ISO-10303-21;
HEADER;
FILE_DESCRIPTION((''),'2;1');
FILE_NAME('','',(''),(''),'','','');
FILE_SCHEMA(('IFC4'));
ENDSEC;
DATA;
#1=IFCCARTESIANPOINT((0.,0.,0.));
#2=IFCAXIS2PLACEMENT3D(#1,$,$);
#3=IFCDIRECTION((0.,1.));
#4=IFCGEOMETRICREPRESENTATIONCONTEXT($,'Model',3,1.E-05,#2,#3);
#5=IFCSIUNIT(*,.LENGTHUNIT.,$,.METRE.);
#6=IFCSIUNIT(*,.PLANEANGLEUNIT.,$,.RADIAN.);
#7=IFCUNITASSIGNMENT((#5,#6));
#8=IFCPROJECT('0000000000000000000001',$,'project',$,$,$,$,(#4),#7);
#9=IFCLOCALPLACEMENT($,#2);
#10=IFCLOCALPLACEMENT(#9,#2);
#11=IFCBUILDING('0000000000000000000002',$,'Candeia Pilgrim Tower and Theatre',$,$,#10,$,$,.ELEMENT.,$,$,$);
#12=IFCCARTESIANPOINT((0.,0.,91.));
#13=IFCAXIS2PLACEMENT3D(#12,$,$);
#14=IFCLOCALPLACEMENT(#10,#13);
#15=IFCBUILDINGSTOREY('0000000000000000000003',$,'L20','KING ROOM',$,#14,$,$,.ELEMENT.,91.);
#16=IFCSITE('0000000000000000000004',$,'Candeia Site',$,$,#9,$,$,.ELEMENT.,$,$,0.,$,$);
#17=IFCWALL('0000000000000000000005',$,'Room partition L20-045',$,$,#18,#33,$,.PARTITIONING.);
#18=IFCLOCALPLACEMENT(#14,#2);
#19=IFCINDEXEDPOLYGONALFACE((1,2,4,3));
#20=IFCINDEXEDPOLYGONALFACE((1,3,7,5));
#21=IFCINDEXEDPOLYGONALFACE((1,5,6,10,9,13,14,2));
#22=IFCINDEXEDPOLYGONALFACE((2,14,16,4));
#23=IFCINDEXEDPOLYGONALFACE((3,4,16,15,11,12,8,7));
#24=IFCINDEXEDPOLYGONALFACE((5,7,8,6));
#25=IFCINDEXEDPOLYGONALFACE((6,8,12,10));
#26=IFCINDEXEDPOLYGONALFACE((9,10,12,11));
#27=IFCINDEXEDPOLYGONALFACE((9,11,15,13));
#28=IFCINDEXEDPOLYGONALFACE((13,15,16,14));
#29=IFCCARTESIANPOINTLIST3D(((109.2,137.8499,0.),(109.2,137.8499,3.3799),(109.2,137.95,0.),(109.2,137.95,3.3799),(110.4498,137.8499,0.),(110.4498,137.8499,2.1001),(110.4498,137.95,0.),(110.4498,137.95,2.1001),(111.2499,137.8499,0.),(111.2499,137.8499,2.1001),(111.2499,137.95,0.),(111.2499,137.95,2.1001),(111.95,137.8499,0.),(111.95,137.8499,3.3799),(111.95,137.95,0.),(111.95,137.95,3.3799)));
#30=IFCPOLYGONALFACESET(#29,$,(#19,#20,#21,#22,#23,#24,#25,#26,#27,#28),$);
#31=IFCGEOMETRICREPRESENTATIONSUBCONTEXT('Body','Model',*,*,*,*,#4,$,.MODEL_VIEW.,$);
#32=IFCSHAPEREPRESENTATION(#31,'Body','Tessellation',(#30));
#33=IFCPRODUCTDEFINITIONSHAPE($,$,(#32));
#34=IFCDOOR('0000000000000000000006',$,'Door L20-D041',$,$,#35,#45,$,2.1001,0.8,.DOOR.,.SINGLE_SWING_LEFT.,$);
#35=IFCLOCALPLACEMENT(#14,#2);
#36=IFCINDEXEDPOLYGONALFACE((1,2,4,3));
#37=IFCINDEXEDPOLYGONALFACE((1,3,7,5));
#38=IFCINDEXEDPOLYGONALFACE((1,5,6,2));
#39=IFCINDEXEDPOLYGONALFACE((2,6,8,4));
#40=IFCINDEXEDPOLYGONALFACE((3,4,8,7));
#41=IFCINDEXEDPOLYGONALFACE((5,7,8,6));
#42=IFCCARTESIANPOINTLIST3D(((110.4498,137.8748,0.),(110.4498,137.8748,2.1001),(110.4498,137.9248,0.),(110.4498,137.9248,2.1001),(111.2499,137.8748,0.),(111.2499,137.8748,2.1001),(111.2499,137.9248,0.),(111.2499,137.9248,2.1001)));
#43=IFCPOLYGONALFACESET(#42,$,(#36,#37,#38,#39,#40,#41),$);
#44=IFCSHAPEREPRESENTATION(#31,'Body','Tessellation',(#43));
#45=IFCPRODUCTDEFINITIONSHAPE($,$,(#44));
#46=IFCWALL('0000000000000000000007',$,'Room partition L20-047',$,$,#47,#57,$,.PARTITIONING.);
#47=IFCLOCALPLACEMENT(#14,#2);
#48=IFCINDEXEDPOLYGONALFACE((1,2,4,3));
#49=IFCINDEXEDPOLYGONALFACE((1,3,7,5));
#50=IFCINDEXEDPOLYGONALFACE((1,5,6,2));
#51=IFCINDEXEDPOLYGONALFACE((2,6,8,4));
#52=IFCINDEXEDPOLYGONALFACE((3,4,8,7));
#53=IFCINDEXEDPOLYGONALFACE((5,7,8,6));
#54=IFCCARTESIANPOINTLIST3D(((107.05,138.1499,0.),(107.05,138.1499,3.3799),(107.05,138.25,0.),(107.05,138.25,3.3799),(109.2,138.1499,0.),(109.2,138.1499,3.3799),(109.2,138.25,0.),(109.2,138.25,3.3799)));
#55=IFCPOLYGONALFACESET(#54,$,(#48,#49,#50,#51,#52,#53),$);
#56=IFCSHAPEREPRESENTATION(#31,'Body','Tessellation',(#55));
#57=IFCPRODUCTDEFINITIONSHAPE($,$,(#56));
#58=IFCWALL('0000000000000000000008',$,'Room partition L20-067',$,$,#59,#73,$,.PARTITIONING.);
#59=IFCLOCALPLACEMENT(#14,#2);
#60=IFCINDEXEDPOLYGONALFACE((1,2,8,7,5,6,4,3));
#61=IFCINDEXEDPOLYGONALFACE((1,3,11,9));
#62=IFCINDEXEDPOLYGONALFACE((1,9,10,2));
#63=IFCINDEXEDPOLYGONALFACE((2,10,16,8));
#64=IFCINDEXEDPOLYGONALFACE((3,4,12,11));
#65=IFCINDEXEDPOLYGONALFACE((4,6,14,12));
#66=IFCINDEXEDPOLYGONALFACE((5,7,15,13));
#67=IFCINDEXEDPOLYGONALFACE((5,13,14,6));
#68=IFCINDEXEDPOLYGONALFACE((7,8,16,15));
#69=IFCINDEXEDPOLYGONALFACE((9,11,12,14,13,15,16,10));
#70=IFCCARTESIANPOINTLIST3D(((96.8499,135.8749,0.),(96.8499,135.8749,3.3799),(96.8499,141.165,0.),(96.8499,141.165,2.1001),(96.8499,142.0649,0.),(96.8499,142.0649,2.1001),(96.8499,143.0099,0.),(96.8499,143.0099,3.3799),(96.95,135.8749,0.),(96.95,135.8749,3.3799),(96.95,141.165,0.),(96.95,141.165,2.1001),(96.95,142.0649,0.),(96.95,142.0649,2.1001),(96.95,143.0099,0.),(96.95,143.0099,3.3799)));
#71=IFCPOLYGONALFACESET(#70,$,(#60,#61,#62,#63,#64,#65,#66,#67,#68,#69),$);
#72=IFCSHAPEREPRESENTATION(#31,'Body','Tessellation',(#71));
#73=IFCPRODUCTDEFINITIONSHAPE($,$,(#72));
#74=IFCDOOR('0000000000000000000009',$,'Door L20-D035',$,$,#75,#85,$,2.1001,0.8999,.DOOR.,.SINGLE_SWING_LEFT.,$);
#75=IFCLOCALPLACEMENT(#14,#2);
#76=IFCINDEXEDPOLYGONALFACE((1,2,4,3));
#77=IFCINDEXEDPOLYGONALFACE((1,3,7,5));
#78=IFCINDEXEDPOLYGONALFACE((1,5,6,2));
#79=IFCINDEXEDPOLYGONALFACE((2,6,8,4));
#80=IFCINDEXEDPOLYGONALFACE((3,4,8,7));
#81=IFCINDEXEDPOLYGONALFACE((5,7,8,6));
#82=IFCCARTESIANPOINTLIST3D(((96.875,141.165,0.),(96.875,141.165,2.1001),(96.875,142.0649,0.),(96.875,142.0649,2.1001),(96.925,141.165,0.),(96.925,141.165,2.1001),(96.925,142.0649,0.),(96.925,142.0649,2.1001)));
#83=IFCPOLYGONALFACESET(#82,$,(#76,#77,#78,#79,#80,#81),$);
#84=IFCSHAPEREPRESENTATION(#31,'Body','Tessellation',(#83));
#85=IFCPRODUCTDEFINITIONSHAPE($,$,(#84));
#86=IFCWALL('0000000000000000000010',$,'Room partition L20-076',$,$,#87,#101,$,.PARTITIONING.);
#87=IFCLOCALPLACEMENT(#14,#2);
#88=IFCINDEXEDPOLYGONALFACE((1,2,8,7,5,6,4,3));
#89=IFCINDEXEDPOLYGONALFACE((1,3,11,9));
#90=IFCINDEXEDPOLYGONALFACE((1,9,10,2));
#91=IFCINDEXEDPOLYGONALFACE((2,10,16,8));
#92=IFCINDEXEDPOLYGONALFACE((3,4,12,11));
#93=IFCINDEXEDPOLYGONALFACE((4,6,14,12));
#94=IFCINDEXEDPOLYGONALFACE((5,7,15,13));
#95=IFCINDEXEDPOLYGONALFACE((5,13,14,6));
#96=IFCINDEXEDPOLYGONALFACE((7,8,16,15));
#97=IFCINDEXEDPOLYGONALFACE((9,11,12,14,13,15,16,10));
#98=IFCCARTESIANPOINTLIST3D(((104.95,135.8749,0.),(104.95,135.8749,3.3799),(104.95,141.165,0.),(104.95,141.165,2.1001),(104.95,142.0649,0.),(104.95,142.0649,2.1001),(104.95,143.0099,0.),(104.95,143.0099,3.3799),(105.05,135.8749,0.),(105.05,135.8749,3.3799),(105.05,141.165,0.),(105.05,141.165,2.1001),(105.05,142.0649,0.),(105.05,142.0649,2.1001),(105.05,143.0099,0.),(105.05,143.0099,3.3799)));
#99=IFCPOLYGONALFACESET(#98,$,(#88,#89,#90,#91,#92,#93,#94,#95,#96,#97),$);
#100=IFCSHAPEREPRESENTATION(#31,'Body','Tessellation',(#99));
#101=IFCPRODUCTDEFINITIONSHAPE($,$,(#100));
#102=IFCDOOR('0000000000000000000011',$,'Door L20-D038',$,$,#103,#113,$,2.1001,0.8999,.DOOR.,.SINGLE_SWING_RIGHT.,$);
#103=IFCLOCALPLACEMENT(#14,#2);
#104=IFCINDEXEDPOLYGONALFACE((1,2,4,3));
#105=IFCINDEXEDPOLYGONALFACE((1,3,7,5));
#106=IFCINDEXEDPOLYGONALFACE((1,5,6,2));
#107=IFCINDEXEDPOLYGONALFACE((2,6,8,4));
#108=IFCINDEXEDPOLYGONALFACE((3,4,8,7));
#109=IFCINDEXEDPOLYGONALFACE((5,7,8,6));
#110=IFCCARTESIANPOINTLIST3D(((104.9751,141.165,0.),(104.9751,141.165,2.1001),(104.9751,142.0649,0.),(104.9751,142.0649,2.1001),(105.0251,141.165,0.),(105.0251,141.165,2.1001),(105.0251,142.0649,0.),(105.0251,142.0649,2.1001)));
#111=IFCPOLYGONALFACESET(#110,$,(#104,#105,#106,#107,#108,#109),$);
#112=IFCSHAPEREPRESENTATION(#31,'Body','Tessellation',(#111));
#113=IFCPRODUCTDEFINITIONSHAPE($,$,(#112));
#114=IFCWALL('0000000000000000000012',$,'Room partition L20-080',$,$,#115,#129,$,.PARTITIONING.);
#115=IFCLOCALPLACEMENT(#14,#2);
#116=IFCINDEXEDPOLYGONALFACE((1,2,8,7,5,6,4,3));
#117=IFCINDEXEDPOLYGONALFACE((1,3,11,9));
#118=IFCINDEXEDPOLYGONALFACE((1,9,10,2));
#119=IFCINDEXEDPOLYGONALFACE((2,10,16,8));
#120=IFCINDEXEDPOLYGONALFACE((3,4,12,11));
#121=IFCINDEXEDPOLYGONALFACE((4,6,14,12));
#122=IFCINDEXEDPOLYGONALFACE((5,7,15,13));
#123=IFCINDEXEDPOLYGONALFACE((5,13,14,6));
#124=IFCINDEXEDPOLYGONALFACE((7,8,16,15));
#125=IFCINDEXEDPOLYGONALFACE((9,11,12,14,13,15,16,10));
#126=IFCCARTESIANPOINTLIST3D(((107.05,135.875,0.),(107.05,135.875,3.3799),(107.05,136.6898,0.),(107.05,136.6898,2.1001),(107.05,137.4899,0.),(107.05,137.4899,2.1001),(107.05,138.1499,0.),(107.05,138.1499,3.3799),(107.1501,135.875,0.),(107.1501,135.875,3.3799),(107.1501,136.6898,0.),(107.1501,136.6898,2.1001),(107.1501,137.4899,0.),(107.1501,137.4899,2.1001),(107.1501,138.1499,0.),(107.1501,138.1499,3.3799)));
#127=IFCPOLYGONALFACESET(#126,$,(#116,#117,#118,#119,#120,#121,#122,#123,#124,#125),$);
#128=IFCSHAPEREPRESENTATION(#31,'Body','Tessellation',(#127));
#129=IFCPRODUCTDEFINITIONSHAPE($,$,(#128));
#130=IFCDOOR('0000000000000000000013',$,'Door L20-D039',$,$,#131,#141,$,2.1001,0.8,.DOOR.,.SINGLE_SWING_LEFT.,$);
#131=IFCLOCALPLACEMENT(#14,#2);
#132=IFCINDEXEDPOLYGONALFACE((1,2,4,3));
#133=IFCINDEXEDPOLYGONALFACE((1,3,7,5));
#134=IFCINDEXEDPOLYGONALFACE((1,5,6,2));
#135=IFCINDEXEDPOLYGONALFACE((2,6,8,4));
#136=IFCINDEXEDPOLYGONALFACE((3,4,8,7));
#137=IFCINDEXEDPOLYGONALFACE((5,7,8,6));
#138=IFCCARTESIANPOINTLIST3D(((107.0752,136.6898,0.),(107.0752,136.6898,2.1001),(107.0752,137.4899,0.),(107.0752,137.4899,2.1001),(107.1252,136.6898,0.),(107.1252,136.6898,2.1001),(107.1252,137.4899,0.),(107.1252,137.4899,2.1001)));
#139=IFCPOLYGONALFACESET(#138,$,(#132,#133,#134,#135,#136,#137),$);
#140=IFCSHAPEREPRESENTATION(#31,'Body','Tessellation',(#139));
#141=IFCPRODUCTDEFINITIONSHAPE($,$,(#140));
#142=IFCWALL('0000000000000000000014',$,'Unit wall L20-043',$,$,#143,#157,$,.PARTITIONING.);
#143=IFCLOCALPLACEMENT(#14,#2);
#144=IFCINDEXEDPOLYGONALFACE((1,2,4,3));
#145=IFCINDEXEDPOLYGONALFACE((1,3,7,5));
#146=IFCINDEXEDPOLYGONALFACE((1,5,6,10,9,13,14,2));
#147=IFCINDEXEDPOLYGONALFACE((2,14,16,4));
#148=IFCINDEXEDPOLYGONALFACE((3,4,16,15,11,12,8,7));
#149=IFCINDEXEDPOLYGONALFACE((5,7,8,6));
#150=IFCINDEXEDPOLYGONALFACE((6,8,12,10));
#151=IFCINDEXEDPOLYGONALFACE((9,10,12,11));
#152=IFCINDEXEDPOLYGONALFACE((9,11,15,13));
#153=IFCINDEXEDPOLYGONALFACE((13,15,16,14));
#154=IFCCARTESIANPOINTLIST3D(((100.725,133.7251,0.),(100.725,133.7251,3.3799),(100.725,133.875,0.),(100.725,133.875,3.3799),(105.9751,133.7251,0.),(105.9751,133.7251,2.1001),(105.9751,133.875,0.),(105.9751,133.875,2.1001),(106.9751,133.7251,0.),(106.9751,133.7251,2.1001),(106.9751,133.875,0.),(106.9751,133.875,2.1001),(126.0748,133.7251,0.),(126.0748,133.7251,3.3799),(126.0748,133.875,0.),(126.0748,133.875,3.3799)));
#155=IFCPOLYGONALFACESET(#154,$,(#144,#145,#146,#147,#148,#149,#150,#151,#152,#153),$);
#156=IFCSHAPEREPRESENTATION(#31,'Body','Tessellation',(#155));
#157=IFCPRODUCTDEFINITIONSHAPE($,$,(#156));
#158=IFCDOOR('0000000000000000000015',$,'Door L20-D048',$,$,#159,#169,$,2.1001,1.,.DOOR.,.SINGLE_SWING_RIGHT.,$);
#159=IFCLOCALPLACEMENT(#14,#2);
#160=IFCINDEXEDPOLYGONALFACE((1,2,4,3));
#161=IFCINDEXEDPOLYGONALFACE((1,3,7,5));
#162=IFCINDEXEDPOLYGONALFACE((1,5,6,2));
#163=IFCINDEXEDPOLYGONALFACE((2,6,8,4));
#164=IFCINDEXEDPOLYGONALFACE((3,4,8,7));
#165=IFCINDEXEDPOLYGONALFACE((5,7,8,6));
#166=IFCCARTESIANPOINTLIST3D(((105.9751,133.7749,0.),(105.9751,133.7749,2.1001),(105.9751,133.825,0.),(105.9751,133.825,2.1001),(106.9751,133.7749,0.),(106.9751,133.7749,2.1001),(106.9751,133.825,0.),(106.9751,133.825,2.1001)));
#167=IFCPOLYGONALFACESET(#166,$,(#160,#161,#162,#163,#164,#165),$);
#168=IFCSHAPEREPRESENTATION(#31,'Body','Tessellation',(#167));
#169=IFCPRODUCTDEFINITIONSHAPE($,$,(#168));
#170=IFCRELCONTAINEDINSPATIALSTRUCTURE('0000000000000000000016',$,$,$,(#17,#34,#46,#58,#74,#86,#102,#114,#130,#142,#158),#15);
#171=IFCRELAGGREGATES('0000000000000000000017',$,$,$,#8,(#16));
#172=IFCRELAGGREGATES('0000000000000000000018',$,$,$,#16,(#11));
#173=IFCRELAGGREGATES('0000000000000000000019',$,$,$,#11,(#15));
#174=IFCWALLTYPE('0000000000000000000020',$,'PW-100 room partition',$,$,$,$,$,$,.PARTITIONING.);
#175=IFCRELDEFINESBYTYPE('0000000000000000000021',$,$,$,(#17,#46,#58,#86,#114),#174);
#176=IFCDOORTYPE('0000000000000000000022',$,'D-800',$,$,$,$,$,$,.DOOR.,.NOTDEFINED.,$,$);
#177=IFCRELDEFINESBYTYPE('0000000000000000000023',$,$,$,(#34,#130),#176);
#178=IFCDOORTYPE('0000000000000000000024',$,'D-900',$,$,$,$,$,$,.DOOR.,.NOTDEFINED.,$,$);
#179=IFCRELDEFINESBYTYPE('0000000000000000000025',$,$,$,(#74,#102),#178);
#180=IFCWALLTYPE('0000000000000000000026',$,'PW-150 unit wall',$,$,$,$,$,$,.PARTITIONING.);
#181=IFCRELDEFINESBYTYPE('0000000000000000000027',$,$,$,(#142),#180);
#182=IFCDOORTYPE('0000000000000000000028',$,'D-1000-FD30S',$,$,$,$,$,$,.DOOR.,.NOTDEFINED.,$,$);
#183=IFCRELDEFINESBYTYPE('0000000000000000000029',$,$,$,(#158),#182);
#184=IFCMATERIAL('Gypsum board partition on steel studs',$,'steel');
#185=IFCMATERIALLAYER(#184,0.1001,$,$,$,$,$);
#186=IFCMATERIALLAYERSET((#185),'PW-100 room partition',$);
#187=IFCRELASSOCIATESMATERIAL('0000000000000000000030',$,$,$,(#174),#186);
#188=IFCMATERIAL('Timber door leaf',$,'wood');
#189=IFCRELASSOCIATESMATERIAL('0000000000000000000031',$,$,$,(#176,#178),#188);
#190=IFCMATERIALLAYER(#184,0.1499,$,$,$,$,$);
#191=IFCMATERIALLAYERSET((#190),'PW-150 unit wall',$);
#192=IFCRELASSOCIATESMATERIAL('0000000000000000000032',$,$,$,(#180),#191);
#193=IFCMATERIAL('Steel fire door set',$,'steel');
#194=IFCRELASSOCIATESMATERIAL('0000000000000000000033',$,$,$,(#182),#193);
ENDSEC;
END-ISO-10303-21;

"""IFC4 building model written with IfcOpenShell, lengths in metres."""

from ifc_helpers import new_model, si_unit, direction, frame, frame_2d, origin, place, context, subcontext, project, spatial, rectangle, extrude, material, layer, layer_set, type_object, element, fill, save


model = new_model("IFC4")

# Units and contexts
model_context = context("Model", 3, precision=1e-05, world=origin(), true_north=direction((0.0, 1.0)))
body_context = subcontext(model_context, "Body", "Model", "MODEL_VIEW")
ifc_project = project(units=[si_unit("LENGTHUNIT", "METRE"), si_unit("PLANEANGLEUNIT", "RADIAN")], contexts=[model_context])

# Site, building, storey
site_placement = place(None, origin())
site = spatial("IfcSite", under=ifc_project, at=site_placement, Name="Candeia Site", CompositionType="ELEMENT", RefElevation=0.0)
building_placement = place(site_placement, origin())
building = spatial("IfcBuilding", under=site, at=building_placement, Name="Candeia Pilgrim Tower and Theatre", CompositionType="ELEMENT")
storey_placement = place(building_placement, frame((0.0, 0.0, 91.0)))
storey = spatial("IfcBuildingStorey", under=building, at=storey_placement, Name="L20", Description="KING ROOM", CompositionType="ELEMENT", Elevation=91.0)

# Wall, opening, door
ifc_material_1 = material(Name="Gypsum board partition on steel studs", Category="steel")
ifc_layer_1 = layer(ifc_material_1, 0.1001)
ifc_layer_set_1 = layer_set([ifc_layer_1], Name="PW-100 room partition")
wall_type_1 = type_object("IfcWallType", Name="PW-100 room partition", PredefinedType="PARTITIONING", material=ifc_layer_set_1)
wall_1_placement = place(storey_placement, frame((109.2, 137.8999, 0.0), z_axis=(0.0, 0.0, 1.0), x_axis=(1.0, 0.0, 0.0)))
wall_1 = element("IfcWall", 1, at=wall_1_placement, inside=storey, type_object=wall_type_1, Name="Room partition L20-045", PredefinedType="PARTITIONING", context=body_context, shape_type="SweptSolid", body=[
    extrude(rectangle(XDim=2.75, YDim=0.1001, at=frame_2d((1.375, 0.0))), origin(), (0.0, 0.0, 1.0), 3.3799),
])
opening_1_placement = place(wall_1_placement, frame((1.25, 0.0, 0.0)))
opening_1 = element("IfcOpeningElement", 2, at=opening_1_placement, cuts=wall_1, PredefinedType="OPENING", context=body_context, shape_type="SweptSolid", body=[
    extrude(rectangle(XDim=0.8, YDim=2.1001, at=frame_2d((0.3999, 1.05))), frame((0.0, 0.0601, 0.0), z_axis=(0.0, -1.0, 0.0), x_axis=(1.0, 0.0, 0.0)), (0.0, 0.0, 1.0), 0.1201),
])
ifc_material_2 = material(Name="Timber door leaf", Category="wood")
door_type_1 = type_object("IfcDoorType", Name="D-800", OperationType="NOTDEFINED", PredefinedType="DOOR", material=ifc_material_2)
door_1_placement = place(opening_1_placement, origin())
door_1 = element("IfcDoor", 3, at=door_1_placement, inside=storey, type_object=door_type_1, Name="Door L20-D041", OperationType="SINGLE_SWING_LEFT", OverallHeight=2.1001, OverallWidth=0.8, PredefinedType="DOOR", context=body_context, shape_type="SweptSolid", body=[
    extrude(rectangle(XDim=0.8, YDim=2.1001, at=frame_2d((0.3999, 1.05))), frame((0.0, 0.0249, 0.0), z_axis=(0.0, -1.0, 0.0), x_axis=(1.0, 0.0, 0.0)), (0.0, 0.0, 1.0), 0.05),
])
fill(opening_1, door_1)

# Wall
wall_2_placement = place(storey_placement, frame((107.05, 138.2, 0.0), z_axis=(0.0, 0.0, 1.0), x_axis=(1.0, 0.0, 0.0)))
element("IfcWall", 4, at=wall_2_placement, inside=storey, type_object=wall_type_1, Name="Room partition L20-047", PredefinedType="PARTITIONING", context=body_context, shape_type="SweptSolid", body=[
    extrude(rectangle(XDim=2.1499, YDim=0.1001, at=frame_2d((1.075, 0.0))), origin(), (0.0, 0.0, 1.0), 3.3799),
])

# Walls, openings, doors
wall_3_placement = place(storey_placement, frame((96.8999, 135.875, 0.0), z_axis=(0.0, 0.0, 1.0), x_axis=(0.0, 1.0, 0.0)))
wall_3 = element("IfcWall", 5, at=wall_3_placement, inside=storey, type_object=wall_type_1, Name="Room partition L20-067", PredefinedType="PARTITIONING", context=body_context, shape_type="SweptSolid", body=[
    extrude(rectangle(XDim=7.135, YDim=0.1001, at=frame_2d((3.5674, 0.0))), origin(), (0.0, 0.0, 1.0), 3.3799),
])
opening_2_placement = place(wall_3_placement, frame((5.29, 0.0, 0.0)))
opening_2 = element("IfcOpeningElement", 6, at=opening_2_placement, cuts=wall_3, PredefinedType="OPENING", context=body_context, shape_type="SweptSolid", body=[
    extrude(rectangle(XDim=0.8999, YDim=2.1001, at=frame_2d((0.45, 1.05))), frame((0.0, 0.0601, 0.0), z_axis=(0.0, -1.0, 0.0), x_axis=(1.0, 0.0, 0.0)), (0.0, 0.0, 1.0), 0.1201),
])
door_type_2 = type_object("IfcDoorType", Name="D-900", OperationType="NOTDEFINED", PredefinedType="DOOR", material=ifc_material_2)
door_2_placement = place(opening_2_placement, origin())
door_2 = element("IfcDoor", 7, at=door_2_placement, inside=storey, type_object=door_type_2, Name="Door L20-D035", OperationType="SINGLE_SWING_LEFT", OverallHeight=2.1001, OverallWidth=0.8999, PredefinedType="DOOR", context=body_context, shape_type="SweptSolid", body=[
    extrude(rectangle(XDim=0.8999, YDim=2.1001, at=frame_2d((0.45, 1.05))), frame((0.0, 0.0249, 0.0), z_axis=(0.0, -1.0, 0.0), x_axis=(1.0, 0.0, 0.0)), (0.0, 0.0, 1.0), 0.05),
])
fill(opening_2, door_2)
wall_4_placement = place(storey_placement, frame((105.0, 135.875, 0.0), z_axis=(0.0, 0.0, 1.0), x_axis=(0.0, 1.0, 0.0)))
wall_4 = element("IfcWall", 8, at=wall_4_placement, inside=storey, type_object=wall_type_1, Name="Room partition L20-076", PredefinedType="PARTITIONING", context=body_context, shape_type="SweptSolid", body=[
    extrude(rectangle(XDim=7.135, YDim=0.1001, at=frame_2d((3.5674, 0.0))), origin(), (0.0, 0.0, 1.0), 3.3799),
])
opening_3_placement = place(wall_4_placement, frame((5.29, 0.0, 0.0)))
opening_3 = element("IfcOpeningElement", 9, at=opening_3_placement, cuts=wall_4, PredefinedType="OPENING", context=body_context, shape_type="SweptSolid", body=[
    extrude(rectangle(XDim=0.8999, YDim=2.1001, at=frame_2d((0.45, 1.05))), frame((0.0, 0.0601, 0.0), z_axis=(0.0, -1.0, 0.0), x_axis=(1.0, 0.0, 0.0)), (0.0, 0.0, 1.0), 0.1201),
])
door_3_placement = place(opening_3_placement, origin())
door_3 = element("IfcDoor", 10, at=door_3_placement, inside=storey, type_object=door_type_2, Name="Door L20-D038", OperationType="SINGLE_SWING_RIGHT", OverallHeight=2.1001, OverallWidth=0.8999, PredefinedType="DOOR", context=body_context, shape_type="SweptSolid", body=[
    extrude(rectangle(XDim=0.8999, YDim=2.1001, at=frame_2d((0.45, 1.05))), frame((0.0, 0.0249, 0.0), z_axis=(0.0, -1.0, 0.0), x_axis=(1.0, 0.0, 0.0)), (0.0, 0.0, 1.0), 0.05),
])
fill(opening_3, door_3)
wall_5_placement = place(storey_placement, frame((107.1001, 135.875, 0.0), z_axis=(0.0, 0.0, 1.0), x_axis=(0.0, 1.0, 0.0)))
wall_5 = element("IfcWall", 11, at=wall_5_placement, inside=storey, type_object=wall_type_1, Name="Room partition L20-080", PredefinedType="PARTITIONING", context=body_context, shape_type="SweptSolid", body=[
    extrude(rectangle(XDim=2.2749, YDim=0.1001, at=frame_2d((1.1375, 0.0))), origin(), (0.0, 0.0, 1.0), 3.3799),
])
opening_4_placement = place(wall_5_placement, frame((0.8149, 0.0, 0.0)))
opening_4 = element("IfcOpeningElement", 12, at=opening_4_placement, cuts=wall_5, PredefinedType="OPENING", context=body_context, shape_type="SweptSolid", body=[
    extrude(rectangle(XDim=0.8, YDim=2.1001, at=frame_2d((0.3999, 1.05))), frame((0.0, 0.0601, 0.0), z_axis=(0.0, -1.0, 0.0), x_axis=(1.0, 0.0, 0.0)), (0.0, 0.0, 1.0), 0.1201),
])
door_4_placement = place(opening_4_placement, origin())
door_4 = element("IfcDoor", 13, at=door_4_placement, inside=storey, type_object=door_type_1, Name="Door L20-D039", OperationType="SINGLE_SWING_LEFT", OverallHeight=2.1001, OverallWidth=0.8, PredefinedType="DOOR", context=body_context, shape_type="SweptSolid", body=[
    extrude(rectangle(XDim=0.8, YDim=2.1001, at=frame_2d((0.3999, 1.05))), frame((0.0, 0.0249, 0.0), z_axis=(0.0, -1.0, 0.0), x_axis=(1.0, 0.0, 0.0)), (0.0, 0.0, 1.0), 0.05),
])
fill(opening_4, door_4)
ifc_layer_2 = layer(ifc_material_1, 0.1499)
ifc_layer_set_2 = layer_set([ifc_layer_2], Name="PW-150 unit wall")
wall_type_2 = type_object("IfcWallType", Name="PW-150 unit wall", PredefinedType="PARTITIONING", material=ifc_layer_set_2)
wall_6_placement = place(storey_placement, frame((100.7251, 133.8, 0.0), z_axis=(0.0, 0.0, 1.0), x_axis=(1.0, 0.0, 0.0)))
wall_6 = element("IfcWall", 14, at=wall_6_placement, inside=storey, type_object=wall_type_2, Name="Unit wall L20-043", PredefinedType="PARTITIONING", context=body_context, shape_type="SweptSolid", body=[
    extrude(rectangle(XDim=25.3499, YDim=0.1499, at=frame_2d((12.6748, 0.0))), origin(), (0.0, 0.0, 1.0), 3.3799),
])
opening_5_placement = place(wall_6_placement, frame((5.25, 0.0, 0.0)))
opening_5 = element("IfcOpeningElement", 15, at=opening_5_placement, cuts=wall_6, PredefinedType="OPENING", context=body_context, shape_type="SweptSolid", body=[
    extrude(rectangle(XDim=1.0, YDim=2.1001, at=frame_2d((0.5, 1.05))), frame((0.0, 0.085, 0.0), z_axis=(0.0, -1.0, 0.0), x_axis=(1.0, 0.0, 0.0)), (0.0, 0.0, 1.0), 0.1699),
])
ifc_material_3 = material(Name="Steel fire door set", Category="steel")
door_type_3 = type_object("IfcDoorType", Name="D-1000-FD30S", OperationType="NOTDEFINED", PredefinedType="DOOR", material=ifc_material_3)
door_5_placement = place(opening_5_placement, origin())
door_5 = element("IfcDoor", 16, at=door_5_placement, inside=storey, type_object=door_type_3, Name="Door L20-D048", OperationType="SINGLE_SWING_RIGHT", OverallHeight=2.1001, OverallWidth=1.0, PredefinedType="DOOR", context=body_context, shape_type="SweptSolid", body=[
    extrude(rectangle(XDim=1.0, YDim=2.1001, at=frame_2d((0.5, 1.05))), frame((0.0, 0.0249, 0.0), z_axis=(0.0, -1.0, 0.0), x_axis=(1.0, 0.0, 0.0)), (0.0, 0.0, 1.0), 0.05),
])
fill(opening_5, door_5)

save(model, "model.ifc")
